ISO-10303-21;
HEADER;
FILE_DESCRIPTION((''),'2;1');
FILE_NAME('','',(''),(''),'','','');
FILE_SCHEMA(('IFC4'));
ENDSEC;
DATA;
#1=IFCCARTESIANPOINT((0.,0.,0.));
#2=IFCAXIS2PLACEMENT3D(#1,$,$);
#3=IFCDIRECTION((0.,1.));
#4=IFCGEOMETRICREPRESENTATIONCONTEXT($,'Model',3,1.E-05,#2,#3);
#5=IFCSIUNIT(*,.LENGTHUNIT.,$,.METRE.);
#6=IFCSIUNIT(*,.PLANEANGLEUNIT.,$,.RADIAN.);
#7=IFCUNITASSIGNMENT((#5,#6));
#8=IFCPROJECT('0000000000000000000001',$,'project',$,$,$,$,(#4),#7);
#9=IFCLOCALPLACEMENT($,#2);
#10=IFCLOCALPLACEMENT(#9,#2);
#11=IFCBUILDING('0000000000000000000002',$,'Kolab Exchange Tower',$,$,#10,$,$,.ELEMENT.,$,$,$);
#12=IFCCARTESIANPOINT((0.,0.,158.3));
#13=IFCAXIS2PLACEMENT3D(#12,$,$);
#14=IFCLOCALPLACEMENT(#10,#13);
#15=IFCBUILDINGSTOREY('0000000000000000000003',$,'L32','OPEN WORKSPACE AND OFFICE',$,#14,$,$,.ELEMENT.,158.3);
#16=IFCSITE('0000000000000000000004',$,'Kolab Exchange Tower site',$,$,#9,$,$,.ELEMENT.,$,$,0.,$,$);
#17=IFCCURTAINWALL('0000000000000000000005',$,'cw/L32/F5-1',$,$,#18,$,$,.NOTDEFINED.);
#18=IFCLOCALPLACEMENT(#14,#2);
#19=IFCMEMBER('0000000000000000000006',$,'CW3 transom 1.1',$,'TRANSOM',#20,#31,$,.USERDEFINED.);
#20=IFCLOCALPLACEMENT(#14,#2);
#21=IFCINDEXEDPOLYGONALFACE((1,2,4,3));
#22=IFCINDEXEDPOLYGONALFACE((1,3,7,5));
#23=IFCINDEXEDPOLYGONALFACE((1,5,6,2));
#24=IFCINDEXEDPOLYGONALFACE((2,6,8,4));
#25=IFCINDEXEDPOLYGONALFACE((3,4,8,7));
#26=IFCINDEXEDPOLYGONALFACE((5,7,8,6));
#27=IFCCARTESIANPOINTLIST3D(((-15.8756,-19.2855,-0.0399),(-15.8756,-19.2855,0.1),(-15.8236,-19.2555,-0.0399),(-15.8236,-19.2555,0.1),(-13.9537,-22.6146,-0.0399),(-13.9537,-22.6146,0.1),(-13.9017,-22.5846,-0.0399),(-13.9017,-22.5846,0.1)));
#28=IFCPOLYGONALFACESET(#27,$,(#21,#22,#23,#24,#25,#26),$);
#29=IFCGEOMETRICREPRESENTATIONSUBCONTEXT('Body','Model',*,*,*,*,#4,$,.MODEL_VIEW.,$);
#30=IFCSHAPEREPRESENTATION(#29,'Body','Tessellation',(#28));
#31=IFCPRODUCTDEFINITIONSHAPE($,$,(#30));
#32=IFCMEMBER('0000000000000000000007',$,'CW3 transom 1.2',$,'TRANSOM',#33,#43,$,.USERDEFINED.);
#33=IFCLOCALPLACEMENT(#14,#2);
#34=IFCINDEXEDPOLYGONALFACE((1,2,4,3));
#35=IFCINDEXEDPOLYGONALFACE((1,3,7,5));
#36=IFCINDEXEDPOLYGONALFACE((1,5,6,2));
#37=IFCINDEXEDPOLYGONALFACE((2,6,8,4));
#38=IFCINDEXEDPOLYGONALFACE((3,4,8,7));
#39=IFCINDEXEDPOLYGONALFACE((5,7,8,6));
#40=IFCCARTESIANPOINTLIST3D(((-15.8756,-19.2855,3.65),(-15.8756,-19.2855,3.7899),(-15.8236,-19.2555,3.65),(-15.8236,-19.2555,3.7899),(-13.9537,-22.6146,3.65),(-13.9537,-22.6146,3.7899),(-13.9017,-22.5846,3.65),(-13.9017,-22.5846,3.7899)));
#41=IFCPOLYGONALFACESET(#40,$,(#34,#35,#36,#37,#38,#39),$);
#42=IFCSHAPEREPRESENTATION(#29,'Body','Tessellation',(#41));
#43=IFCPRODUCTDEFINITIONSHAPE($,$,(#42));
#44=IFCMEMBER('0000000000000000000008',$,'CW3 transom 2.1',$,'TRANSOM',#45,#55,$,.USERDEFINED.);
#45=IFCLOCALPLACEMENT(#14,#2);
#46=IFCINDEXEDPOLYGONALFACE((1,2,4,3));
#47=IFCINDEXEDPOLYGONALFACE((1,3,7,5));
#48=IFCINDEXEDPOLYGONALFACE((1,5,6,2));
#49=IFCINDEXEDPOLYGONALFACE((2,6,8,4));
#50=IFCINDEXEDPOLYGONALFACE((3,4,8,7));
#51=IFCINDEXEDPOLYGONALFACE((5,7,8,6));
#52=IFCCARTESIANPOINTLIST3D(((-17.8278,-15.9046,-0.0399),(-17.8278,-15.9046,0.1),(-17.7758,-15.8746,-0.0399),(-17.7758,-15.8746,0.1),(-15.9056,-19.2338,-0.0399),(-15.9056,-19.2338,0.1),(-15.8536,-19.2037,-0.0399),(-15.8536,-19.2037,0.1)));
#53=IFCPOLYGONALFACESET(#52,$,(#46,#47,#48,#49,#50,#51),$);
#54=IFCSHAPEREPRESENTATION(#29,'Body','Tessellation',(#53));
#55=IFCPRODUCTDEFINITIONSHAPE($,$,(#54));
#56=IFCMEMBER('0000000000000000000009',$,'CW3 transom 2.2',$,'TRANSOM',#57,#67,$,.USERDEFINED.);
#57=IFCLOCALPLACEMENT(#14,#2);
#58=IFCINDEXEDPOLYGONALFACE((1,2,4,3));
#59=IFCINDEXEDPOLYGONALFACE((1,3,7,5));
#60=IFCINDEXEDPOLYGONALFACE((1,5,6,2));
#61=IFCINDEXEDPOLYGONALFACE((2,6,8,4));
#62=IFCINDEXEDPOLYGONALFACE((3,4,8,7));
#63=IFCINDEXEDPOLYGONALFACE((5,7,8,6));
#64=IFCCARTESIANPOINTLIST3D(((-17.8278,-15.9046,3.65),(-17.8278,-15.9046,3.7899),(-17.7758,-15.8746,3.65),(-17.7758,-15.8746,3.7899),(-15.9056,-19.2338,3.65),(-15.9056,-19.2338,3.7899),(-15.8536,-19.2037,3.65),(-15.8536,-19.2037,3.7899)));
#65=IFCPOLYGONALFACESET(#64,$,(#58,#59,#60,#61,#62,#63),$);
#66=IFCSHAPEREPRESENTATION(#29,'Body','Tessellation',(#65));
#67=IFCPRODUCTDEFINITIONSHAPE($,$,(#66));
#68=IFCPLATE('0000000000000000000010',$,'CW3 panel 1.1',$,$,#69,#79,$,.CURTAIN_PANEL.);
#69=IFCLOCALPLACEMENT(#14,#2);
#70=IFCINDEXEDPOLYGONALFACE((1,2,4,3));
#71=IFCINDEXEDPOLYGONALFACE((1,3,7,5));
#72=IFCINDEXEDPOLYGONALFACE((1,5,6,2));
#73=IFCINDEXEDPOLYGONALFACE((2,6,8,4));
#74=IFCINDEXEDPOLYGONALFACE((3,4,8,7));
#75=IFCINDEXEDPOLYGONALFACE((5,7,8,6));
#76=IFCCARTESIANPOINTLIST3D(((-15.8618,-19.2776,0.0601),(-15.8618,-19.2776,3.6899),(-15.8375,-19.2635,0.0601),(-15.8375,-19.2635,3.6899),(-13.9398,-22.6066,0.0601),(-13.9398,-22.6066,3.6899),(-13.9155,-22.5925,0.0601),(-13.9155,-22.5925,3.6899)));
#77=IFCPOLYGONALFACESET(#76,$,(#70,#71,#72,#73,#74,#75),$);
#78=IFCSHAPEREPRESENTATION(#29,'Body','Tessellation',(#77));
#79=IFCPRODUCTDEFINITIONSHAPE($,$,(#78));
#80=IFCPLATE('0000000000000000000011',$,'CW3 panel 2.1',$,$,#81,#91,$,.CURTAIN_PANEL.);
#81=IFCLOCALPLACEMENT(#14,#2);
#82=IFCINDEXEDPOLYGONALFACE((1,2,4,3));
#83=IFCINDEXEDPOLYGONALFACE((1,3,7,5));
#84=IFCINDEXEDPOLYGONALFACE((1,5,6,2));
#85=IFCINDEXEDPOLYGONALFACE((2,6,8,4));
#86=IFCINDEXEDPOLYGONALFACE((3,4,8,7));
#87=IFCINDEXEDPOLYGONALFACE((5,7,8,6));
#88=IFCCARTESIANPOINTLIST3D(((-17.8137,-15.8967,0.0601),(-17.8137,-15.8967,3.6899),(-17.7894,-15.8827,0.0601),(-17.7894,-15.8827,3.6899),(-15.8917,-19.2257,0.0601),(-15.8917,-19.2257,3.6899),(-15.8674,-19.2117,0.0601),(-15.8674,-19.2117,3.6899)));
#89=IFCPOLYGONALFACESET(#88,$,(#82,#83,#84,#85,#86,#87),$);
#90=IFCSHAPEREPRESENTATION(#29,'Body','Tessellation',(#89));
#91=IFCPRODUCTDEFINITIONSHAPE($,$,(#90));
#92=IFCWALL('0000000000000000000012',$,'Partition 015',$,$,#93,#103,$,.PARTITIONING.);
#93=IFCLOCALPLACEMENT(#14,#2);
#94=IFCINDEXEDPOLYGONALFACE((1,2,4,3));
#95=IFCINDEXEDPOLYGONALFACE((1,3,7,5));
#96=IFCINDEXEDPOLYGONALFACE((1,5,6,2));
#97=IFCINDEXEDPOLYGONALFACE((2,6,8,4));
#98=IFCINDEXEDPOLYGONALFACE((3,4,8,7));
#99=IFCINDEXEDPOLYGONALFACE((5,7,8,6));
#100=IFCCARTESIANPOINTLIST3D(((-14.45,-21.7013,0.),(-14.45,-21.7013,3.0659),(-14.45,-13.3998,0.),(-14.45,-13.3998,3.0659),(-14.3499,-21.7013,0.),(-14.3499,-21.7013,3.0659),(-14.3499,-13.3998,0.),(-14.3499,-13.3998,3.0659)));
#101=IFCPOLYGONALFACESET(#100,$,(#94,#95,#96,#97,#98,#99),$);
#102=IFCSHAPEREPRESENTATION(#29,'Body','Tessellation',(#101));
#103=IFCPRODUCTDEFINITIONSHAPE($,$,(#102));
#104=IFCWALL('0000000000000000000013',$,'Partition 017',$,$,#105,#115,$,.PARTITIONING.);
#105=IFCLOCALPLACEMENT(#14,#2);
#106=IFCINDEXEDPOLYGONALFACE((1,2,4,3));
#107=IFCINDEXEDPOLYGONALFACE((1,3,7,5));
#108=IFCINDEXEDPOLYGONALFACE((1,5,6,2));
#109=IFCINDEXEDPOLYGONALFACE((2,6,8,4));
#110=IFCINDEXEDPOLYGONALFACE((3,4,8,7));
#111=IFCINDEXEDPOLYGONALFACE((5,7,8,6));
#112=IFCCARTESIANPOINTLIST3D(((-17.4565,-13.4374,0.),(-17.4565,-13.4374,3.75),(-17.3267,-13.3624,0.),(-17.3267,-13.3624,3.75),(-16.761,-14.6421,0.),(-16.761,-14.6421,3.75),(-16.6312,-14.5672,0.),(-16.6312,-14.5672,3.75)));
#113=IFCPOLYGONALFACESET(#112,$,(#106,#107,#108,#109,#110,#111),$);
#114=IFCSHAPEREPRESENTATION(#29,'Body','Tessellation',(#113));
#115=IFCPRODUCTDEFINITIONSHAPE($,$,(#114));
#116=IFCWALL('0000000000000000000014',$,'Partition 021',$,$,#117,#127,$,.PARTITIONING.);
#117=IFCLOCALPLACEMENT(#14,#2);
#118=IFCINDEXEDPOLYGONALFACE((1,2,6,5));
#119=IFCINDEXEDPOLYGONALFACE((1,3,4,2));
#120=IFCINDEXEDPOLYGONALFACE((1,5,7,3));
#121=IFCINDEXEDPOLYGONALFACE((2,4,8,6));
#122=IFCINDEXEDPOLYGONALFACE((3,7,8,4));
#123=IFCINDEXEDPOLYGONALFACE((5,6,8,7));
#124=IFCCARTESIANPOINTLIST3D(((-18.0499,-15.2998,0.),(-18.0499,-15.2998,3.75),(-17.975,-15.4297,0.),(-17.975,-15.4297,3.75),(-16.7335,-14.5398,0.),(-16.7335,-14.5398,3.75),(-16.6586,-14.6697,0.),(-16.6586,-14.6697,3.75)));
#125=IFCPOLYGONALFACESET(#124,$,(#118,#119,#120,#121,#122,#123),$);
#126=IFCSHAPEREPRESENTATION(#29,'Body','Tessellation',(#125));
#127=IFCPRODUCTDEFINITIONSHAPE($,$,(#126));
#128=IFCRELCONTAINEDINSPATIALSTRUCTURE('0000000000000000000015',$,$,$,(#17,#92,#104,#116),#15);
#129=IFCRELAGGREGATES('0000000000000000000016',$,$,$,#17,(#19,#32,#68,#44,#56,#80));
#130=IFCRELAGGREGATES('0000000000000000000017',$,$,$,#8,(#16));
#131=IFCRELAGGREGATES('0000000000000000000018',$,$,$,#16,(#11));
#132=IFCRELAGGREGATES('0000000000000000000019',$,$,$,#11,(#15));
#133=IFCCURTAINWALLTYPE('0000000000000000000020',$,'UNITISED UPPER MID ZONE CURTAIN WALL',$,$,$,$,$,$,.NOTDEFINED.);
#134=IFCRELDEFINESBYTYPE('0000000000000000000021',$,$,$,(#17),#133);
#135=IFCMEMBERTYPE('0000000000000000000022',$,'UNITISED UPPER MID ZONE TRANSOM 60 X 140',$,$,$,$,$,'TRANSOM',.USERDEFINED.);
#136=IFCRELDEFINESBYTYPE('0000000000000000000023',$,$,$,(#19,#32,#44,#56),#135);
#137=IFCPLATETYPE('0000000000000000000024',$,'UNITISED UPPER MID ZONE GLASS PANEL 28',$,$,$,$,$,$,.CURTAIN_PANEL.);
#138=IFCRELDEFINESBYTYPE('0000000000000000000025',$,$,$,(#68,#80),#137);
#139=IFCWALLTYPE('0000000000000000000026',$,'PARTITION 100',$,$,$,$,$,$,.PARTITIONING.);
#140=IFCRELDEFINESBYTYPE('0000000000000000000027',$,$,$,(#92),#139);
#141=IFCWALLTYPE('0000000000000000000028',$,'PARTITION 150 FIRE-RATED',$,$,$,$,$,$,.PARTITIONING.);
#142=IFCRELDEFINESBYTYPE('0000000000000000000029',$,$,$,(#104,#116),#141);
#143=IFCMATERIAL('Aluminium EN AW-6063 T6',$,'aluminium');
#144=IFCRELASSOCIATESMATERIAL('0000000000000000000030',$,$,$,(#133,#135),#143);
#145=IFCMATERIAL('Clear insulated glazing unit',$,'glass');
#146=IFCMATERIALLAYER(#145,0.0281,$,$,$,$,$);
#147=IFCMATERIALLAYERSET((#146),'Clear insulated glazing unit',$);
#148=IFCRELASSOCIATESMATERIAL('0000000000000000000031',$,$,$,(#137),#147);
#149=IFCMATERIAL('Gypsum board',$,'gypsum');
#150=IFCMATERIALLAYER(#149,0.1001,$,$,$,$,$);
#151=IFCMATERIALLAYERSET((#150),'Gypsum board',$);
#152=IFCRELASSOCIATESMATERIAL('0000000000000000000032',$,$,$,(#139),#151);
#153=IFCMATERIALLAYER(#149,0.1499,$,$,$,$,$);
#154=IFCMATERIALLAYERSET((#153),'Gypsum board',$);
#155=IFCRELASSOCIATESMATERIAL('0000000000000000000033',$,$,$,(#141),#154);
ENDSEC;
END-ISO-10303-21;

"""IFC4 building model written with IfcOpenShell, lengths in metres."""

from ifc_helpers import new_model, si_unit, direction, frame, frame_2d, origin, origin_2d, place, context, subcontext, project, spatial, rectangle, extrude, material, layer, layer_set, material_profile, profile_set, type_object, element, aggregate, save


model = new_model("IFC4")

# Units and contexts
model_context = context("Model", 3, precision=1e-05, world=origin(), true_north=direction((0.0, 1.0)))
body_context = subcontext(model_context, "Body", "Model", "MODEL_VIEW")
ifc_project = project(units=[si_unit("LENGTHUNIT", "METRE"), si_unit("PLANEANGLEUNIT", "RADIAN")], contexts=[model_context])

# Site, building, storey
site_placement = place(None, origin())
site = spatial("IfcSite", under=ifc_project, at=site_placement, Name="Kolab Exchange Tower site", CompositionType="ELEMENT", RefElevation=0.0)
building_placement = place(site_placement, origin())
building = spatial("IfcBuilding", under=site, at=building_placement, Name="Kolab Exchange Tower", CompositionType="ELEMENT")
storey_placement = place(building_placement, frame((0.0, 0.0, 158.3)))
storey = spatial("IfcBuildingStorey", under=building, at=storey_placement, Name="L32", Description="OPEN WORKSPACE AND OFFICE", CompositionType="ELEMENT", Elevation=158.3)

# Curtain wall, members, plates
ifc_material_1 = material(Name="Aluminium EN AW-6063 T6", Category="aluminium")
curtain_wall_type = type_object("IfcCurtainWallType", Name="UNITISED UPPER MID ZONE CURTAIN WALL", PredefinedType="NOTDEFINED", material=ifc_material_1)
curtain_wall_placement = place(storey_placement, origin())
curtain_wall = element("IfcCurtainWall", 1, at=curtain_wall_placement, inside=storey, type_object=curtain_wall_type, Name="cw/L32/F5-1", PredefinedType="NOTDEFINED")
ifc_material_profile_1 = material_profile(ifc_material_1, rectangle(XDim=0.0601, YDim=0.1399, at=origin_2d()), Name="RECT 60X140")
ifc_profile_set_1 = profile_set([ifc_material_profile_1], Name="Aluminium EN AW-6063 T6")
member_type_1 = type_object("IfcMemberType", Name="UNITISED UPPER MID ZONE TRANSOM 60 X 140", ElementType="TRANSOM", PredefinedType="USERDEFINED", material=ifc_profile_set_1)
member_1_placement = place(storey_placement, frame((-13.9277, -22.5996, 0.03), z_axis=(-0.499964, 0.866046, 0.0), x_axis=(-0.866046, -0.499964, 0.0)))
member_1 = element("IfcMember", 2, at=member_1_placement, type_object=member_type_1, Name="CW3 transom 1.1", ObjectType="TRANSOM", PredefinedType="USERDEFINED", context=body_context, shape_type="SweptSolid", body=[
    extrude(rectangle(XDim=0.0601, YDim=0.1399, at=origin_2d()), origin(), (0.0, 0.0, 1.0), 3.844),
])
member_2_placement = place(storey_placement, frame((-13.9277, -22.5996, 3.72), z_axis=(-0.499964, 0.866046, 0.0), x_axis=(-0.866046, -0.499964, 0.0)))
member_2 = element("IfcMember", 3, at=member_2_placement, type_object=member_type_1, Name="CW3 transom 1.2", ObjectType="TRANSOM", PredefinedType="USERDEFINED", context=body_context, shape_type="SweptSolid", body=[
    extrude(rectangle(XDim=0.0601, YDim=0.1399, at=origin_2d()), origin(), (0.0, 0.0, 1.0), 3.844),
])
member_3_placement = place(storey_placement, frame((-15.8796, -19.2188, 0.03), z_axis=(-0.500012, 0.866018, 0.0), x_axis=(-0.866018, -0.500012, 0.0)))
member_3 = element("IfcMember", 4, at=member_3_placement, type_object=member_type_1, Name="CW3 transom 2.1", ObjectType="TRANSOM", PredefinedType="USERDEFINED", context=body_context, shape_type="SweptSolid", body=[
    extrude(rectangle(XDim=0.0601, YDim=0.1399, at=origin_2d()), origin(), (0.0, 0.0, 1.0), 3.8442),
])
member_4_placement = place(storey_placement, frame((-15.8796, -19.2188, 3.72), z_axis=(-0.500012, 0.866018, 0.0), x_axis=(-0.866018, -0.500012, 0.0)))
member_4 = element("IfcMember", 5, at=member_4_placement, type_object=member_type_1, Name="CW3 transom 2.2", ObjectType="TRANSOM", PredefinedType="USERDEFINED", context=body_context, shape_type="SweptSolid", body=[
    extrude(rectangle(XDim=0.0601, YDim=0.1399, at=origin_2d()), origin(), (0.0, 0.0, 1.0), 3.8442),
])
ifc_material_2 = material(Name="Clear insulated glazing unit", Category="glass")
ifc_layer_1 = layer(ifc_material_2, 0.0281)
ifc_layer_set_1 = layer_set([ifc_layer_1], Name="Clear insulated glazing unit")
plate_type = type_object("IfcPlateType", Name="UNITISED UPPER MID ZONE GLASS PANEL 28", PredefinedType="CURTAIN_PANEL", material=ifc_layer_set_1)
plate_1_placement = place(storey_placement, frame((-14.8887, -20.9351, 0.0601), z_axis=(0.0, 0.0, 1.0), x_axis=(-0.5, 0.866025, 0.0)))
plate_1 = element("IfcPlate", 6, at=plate_1_placement, type_object=plate_type, Name="CW3 panel 1.1", PredefinedType="CURTAIN_PANEL", context=body_context, shape_type="SweptSolid", body=[
    extrude(rectangle(XDim=3.844, YDim=0.0281, at=origin_2d()), origin(), (0.0, 0.0, 1.0), 3.6299),
])
plate_2_placement = place(storey_placement, frame((-16.8406, -17.5542, 0.0601), z_axis=(0.0, 0.0, 1.0), x_axis=(-0.5, 0.866025, 0.0)))
plate_2 = element("IfcPlate", 7, at=plate_2_placement, type_object=plate_type, Name="CW3 panel 2.1", PredefinedType="CURTAIN_PANEL", context=body_context, shape_type="SweptSolid", body=[
    extrude(rectangle(XDim=3.844, YDim=0.0281, at=origin_2d()), origin(), (0.0, 0.0, 1.0), 3.6299),
])
aggregate(curtain_wall, [member_1, member_2, plate_1, member_3, member_4, plate_2])

# Walls
ifc_material_3 = material(Name="Gypsum board", Category="gypsum")
ifc_layer_2 = layer(ifc_material_3, 0.1001)
ifc_layer_set_2 = layer_set([ifc_layer_2], Name="Gypsum board")
wall_type_1 = type_object("IfcWallType", Name="PARTITION 100", PredefinedType="PARTITIONING", material=ifc_layer_set_2)
wall_1_placement = place(storey_placement, frame((-14.3999, -21.7014, 0.0), z_axis=(0.0, 0.0, 1.0), x_axis=(0.0, 1.0, 0.0)))
element("IfcWall", 8, at=wall_1_placement, inside=storey, type_object=wall_type_1, Name="Partition 015", PredefinedType="PARTITIONING", context=body_context, shape_type="SweptSolid", body=[
    extrude(rectangle(XDim=8.3015, YDim=0.1001, at=frame_2d((4.1509, 0.0))), origin(), (0.0, 0.0, 1.0), 3.0659),
])
ifc_layer_3 = layer(ifc_material_3, 0.1499)
ifc_layer_set_3 = layer_set([ifc_layer_3], Name="Gypsum board")
wall_type_2 = type_object("IfcWallType", Name="PARTITION 150 FIRE-RATED", PredefinedType="PARTITIONING", material=ifc_layer_set_3)
wall_2_placement = place(storey_placement, frame((-17.3916, -13.3999, 0.0), z_axis=(0.0, 0.0, 1.0), x_axis=(0.499971, -0.866042, 0.0)))
element("IfcWall", 9, at=wall_2_placement, inside=storey, type_object=wall_type_2, Name="Partition 017", PredefinedType="PARTITIONING", context=body_context, shape_type="SweptSolid", body=[
    extrude(rectangle(XDim=1.3911, YDim=0.1499, at=frame_2d((0.6956, 0.0))), origin(), (0.0, 0.0, 1.0), 3.75),
])
wall_3_placement = place(storey_placement, frame((-18.0125, -15.3647, 0.0), z_axis=(0.0, 0.0, 1.0), x_axis=(0.86603, 0.499991, 0.0)))
element("IfcWall", 10, at=wall_3_placement, inside=storey, type_object=wall_type_2, Name="Partition 021", PredefinedType="PARTITIONING", context=body_context, shape_type="SweptSolid", body=[
    extrude(rectangle(XDim=1.52, YDim=0.1499, at=frame_2d((0.76, 0.0))), origin(), (0.0, 0.0, 1.0), 3.75),
])

save(model, "model.ifc")
